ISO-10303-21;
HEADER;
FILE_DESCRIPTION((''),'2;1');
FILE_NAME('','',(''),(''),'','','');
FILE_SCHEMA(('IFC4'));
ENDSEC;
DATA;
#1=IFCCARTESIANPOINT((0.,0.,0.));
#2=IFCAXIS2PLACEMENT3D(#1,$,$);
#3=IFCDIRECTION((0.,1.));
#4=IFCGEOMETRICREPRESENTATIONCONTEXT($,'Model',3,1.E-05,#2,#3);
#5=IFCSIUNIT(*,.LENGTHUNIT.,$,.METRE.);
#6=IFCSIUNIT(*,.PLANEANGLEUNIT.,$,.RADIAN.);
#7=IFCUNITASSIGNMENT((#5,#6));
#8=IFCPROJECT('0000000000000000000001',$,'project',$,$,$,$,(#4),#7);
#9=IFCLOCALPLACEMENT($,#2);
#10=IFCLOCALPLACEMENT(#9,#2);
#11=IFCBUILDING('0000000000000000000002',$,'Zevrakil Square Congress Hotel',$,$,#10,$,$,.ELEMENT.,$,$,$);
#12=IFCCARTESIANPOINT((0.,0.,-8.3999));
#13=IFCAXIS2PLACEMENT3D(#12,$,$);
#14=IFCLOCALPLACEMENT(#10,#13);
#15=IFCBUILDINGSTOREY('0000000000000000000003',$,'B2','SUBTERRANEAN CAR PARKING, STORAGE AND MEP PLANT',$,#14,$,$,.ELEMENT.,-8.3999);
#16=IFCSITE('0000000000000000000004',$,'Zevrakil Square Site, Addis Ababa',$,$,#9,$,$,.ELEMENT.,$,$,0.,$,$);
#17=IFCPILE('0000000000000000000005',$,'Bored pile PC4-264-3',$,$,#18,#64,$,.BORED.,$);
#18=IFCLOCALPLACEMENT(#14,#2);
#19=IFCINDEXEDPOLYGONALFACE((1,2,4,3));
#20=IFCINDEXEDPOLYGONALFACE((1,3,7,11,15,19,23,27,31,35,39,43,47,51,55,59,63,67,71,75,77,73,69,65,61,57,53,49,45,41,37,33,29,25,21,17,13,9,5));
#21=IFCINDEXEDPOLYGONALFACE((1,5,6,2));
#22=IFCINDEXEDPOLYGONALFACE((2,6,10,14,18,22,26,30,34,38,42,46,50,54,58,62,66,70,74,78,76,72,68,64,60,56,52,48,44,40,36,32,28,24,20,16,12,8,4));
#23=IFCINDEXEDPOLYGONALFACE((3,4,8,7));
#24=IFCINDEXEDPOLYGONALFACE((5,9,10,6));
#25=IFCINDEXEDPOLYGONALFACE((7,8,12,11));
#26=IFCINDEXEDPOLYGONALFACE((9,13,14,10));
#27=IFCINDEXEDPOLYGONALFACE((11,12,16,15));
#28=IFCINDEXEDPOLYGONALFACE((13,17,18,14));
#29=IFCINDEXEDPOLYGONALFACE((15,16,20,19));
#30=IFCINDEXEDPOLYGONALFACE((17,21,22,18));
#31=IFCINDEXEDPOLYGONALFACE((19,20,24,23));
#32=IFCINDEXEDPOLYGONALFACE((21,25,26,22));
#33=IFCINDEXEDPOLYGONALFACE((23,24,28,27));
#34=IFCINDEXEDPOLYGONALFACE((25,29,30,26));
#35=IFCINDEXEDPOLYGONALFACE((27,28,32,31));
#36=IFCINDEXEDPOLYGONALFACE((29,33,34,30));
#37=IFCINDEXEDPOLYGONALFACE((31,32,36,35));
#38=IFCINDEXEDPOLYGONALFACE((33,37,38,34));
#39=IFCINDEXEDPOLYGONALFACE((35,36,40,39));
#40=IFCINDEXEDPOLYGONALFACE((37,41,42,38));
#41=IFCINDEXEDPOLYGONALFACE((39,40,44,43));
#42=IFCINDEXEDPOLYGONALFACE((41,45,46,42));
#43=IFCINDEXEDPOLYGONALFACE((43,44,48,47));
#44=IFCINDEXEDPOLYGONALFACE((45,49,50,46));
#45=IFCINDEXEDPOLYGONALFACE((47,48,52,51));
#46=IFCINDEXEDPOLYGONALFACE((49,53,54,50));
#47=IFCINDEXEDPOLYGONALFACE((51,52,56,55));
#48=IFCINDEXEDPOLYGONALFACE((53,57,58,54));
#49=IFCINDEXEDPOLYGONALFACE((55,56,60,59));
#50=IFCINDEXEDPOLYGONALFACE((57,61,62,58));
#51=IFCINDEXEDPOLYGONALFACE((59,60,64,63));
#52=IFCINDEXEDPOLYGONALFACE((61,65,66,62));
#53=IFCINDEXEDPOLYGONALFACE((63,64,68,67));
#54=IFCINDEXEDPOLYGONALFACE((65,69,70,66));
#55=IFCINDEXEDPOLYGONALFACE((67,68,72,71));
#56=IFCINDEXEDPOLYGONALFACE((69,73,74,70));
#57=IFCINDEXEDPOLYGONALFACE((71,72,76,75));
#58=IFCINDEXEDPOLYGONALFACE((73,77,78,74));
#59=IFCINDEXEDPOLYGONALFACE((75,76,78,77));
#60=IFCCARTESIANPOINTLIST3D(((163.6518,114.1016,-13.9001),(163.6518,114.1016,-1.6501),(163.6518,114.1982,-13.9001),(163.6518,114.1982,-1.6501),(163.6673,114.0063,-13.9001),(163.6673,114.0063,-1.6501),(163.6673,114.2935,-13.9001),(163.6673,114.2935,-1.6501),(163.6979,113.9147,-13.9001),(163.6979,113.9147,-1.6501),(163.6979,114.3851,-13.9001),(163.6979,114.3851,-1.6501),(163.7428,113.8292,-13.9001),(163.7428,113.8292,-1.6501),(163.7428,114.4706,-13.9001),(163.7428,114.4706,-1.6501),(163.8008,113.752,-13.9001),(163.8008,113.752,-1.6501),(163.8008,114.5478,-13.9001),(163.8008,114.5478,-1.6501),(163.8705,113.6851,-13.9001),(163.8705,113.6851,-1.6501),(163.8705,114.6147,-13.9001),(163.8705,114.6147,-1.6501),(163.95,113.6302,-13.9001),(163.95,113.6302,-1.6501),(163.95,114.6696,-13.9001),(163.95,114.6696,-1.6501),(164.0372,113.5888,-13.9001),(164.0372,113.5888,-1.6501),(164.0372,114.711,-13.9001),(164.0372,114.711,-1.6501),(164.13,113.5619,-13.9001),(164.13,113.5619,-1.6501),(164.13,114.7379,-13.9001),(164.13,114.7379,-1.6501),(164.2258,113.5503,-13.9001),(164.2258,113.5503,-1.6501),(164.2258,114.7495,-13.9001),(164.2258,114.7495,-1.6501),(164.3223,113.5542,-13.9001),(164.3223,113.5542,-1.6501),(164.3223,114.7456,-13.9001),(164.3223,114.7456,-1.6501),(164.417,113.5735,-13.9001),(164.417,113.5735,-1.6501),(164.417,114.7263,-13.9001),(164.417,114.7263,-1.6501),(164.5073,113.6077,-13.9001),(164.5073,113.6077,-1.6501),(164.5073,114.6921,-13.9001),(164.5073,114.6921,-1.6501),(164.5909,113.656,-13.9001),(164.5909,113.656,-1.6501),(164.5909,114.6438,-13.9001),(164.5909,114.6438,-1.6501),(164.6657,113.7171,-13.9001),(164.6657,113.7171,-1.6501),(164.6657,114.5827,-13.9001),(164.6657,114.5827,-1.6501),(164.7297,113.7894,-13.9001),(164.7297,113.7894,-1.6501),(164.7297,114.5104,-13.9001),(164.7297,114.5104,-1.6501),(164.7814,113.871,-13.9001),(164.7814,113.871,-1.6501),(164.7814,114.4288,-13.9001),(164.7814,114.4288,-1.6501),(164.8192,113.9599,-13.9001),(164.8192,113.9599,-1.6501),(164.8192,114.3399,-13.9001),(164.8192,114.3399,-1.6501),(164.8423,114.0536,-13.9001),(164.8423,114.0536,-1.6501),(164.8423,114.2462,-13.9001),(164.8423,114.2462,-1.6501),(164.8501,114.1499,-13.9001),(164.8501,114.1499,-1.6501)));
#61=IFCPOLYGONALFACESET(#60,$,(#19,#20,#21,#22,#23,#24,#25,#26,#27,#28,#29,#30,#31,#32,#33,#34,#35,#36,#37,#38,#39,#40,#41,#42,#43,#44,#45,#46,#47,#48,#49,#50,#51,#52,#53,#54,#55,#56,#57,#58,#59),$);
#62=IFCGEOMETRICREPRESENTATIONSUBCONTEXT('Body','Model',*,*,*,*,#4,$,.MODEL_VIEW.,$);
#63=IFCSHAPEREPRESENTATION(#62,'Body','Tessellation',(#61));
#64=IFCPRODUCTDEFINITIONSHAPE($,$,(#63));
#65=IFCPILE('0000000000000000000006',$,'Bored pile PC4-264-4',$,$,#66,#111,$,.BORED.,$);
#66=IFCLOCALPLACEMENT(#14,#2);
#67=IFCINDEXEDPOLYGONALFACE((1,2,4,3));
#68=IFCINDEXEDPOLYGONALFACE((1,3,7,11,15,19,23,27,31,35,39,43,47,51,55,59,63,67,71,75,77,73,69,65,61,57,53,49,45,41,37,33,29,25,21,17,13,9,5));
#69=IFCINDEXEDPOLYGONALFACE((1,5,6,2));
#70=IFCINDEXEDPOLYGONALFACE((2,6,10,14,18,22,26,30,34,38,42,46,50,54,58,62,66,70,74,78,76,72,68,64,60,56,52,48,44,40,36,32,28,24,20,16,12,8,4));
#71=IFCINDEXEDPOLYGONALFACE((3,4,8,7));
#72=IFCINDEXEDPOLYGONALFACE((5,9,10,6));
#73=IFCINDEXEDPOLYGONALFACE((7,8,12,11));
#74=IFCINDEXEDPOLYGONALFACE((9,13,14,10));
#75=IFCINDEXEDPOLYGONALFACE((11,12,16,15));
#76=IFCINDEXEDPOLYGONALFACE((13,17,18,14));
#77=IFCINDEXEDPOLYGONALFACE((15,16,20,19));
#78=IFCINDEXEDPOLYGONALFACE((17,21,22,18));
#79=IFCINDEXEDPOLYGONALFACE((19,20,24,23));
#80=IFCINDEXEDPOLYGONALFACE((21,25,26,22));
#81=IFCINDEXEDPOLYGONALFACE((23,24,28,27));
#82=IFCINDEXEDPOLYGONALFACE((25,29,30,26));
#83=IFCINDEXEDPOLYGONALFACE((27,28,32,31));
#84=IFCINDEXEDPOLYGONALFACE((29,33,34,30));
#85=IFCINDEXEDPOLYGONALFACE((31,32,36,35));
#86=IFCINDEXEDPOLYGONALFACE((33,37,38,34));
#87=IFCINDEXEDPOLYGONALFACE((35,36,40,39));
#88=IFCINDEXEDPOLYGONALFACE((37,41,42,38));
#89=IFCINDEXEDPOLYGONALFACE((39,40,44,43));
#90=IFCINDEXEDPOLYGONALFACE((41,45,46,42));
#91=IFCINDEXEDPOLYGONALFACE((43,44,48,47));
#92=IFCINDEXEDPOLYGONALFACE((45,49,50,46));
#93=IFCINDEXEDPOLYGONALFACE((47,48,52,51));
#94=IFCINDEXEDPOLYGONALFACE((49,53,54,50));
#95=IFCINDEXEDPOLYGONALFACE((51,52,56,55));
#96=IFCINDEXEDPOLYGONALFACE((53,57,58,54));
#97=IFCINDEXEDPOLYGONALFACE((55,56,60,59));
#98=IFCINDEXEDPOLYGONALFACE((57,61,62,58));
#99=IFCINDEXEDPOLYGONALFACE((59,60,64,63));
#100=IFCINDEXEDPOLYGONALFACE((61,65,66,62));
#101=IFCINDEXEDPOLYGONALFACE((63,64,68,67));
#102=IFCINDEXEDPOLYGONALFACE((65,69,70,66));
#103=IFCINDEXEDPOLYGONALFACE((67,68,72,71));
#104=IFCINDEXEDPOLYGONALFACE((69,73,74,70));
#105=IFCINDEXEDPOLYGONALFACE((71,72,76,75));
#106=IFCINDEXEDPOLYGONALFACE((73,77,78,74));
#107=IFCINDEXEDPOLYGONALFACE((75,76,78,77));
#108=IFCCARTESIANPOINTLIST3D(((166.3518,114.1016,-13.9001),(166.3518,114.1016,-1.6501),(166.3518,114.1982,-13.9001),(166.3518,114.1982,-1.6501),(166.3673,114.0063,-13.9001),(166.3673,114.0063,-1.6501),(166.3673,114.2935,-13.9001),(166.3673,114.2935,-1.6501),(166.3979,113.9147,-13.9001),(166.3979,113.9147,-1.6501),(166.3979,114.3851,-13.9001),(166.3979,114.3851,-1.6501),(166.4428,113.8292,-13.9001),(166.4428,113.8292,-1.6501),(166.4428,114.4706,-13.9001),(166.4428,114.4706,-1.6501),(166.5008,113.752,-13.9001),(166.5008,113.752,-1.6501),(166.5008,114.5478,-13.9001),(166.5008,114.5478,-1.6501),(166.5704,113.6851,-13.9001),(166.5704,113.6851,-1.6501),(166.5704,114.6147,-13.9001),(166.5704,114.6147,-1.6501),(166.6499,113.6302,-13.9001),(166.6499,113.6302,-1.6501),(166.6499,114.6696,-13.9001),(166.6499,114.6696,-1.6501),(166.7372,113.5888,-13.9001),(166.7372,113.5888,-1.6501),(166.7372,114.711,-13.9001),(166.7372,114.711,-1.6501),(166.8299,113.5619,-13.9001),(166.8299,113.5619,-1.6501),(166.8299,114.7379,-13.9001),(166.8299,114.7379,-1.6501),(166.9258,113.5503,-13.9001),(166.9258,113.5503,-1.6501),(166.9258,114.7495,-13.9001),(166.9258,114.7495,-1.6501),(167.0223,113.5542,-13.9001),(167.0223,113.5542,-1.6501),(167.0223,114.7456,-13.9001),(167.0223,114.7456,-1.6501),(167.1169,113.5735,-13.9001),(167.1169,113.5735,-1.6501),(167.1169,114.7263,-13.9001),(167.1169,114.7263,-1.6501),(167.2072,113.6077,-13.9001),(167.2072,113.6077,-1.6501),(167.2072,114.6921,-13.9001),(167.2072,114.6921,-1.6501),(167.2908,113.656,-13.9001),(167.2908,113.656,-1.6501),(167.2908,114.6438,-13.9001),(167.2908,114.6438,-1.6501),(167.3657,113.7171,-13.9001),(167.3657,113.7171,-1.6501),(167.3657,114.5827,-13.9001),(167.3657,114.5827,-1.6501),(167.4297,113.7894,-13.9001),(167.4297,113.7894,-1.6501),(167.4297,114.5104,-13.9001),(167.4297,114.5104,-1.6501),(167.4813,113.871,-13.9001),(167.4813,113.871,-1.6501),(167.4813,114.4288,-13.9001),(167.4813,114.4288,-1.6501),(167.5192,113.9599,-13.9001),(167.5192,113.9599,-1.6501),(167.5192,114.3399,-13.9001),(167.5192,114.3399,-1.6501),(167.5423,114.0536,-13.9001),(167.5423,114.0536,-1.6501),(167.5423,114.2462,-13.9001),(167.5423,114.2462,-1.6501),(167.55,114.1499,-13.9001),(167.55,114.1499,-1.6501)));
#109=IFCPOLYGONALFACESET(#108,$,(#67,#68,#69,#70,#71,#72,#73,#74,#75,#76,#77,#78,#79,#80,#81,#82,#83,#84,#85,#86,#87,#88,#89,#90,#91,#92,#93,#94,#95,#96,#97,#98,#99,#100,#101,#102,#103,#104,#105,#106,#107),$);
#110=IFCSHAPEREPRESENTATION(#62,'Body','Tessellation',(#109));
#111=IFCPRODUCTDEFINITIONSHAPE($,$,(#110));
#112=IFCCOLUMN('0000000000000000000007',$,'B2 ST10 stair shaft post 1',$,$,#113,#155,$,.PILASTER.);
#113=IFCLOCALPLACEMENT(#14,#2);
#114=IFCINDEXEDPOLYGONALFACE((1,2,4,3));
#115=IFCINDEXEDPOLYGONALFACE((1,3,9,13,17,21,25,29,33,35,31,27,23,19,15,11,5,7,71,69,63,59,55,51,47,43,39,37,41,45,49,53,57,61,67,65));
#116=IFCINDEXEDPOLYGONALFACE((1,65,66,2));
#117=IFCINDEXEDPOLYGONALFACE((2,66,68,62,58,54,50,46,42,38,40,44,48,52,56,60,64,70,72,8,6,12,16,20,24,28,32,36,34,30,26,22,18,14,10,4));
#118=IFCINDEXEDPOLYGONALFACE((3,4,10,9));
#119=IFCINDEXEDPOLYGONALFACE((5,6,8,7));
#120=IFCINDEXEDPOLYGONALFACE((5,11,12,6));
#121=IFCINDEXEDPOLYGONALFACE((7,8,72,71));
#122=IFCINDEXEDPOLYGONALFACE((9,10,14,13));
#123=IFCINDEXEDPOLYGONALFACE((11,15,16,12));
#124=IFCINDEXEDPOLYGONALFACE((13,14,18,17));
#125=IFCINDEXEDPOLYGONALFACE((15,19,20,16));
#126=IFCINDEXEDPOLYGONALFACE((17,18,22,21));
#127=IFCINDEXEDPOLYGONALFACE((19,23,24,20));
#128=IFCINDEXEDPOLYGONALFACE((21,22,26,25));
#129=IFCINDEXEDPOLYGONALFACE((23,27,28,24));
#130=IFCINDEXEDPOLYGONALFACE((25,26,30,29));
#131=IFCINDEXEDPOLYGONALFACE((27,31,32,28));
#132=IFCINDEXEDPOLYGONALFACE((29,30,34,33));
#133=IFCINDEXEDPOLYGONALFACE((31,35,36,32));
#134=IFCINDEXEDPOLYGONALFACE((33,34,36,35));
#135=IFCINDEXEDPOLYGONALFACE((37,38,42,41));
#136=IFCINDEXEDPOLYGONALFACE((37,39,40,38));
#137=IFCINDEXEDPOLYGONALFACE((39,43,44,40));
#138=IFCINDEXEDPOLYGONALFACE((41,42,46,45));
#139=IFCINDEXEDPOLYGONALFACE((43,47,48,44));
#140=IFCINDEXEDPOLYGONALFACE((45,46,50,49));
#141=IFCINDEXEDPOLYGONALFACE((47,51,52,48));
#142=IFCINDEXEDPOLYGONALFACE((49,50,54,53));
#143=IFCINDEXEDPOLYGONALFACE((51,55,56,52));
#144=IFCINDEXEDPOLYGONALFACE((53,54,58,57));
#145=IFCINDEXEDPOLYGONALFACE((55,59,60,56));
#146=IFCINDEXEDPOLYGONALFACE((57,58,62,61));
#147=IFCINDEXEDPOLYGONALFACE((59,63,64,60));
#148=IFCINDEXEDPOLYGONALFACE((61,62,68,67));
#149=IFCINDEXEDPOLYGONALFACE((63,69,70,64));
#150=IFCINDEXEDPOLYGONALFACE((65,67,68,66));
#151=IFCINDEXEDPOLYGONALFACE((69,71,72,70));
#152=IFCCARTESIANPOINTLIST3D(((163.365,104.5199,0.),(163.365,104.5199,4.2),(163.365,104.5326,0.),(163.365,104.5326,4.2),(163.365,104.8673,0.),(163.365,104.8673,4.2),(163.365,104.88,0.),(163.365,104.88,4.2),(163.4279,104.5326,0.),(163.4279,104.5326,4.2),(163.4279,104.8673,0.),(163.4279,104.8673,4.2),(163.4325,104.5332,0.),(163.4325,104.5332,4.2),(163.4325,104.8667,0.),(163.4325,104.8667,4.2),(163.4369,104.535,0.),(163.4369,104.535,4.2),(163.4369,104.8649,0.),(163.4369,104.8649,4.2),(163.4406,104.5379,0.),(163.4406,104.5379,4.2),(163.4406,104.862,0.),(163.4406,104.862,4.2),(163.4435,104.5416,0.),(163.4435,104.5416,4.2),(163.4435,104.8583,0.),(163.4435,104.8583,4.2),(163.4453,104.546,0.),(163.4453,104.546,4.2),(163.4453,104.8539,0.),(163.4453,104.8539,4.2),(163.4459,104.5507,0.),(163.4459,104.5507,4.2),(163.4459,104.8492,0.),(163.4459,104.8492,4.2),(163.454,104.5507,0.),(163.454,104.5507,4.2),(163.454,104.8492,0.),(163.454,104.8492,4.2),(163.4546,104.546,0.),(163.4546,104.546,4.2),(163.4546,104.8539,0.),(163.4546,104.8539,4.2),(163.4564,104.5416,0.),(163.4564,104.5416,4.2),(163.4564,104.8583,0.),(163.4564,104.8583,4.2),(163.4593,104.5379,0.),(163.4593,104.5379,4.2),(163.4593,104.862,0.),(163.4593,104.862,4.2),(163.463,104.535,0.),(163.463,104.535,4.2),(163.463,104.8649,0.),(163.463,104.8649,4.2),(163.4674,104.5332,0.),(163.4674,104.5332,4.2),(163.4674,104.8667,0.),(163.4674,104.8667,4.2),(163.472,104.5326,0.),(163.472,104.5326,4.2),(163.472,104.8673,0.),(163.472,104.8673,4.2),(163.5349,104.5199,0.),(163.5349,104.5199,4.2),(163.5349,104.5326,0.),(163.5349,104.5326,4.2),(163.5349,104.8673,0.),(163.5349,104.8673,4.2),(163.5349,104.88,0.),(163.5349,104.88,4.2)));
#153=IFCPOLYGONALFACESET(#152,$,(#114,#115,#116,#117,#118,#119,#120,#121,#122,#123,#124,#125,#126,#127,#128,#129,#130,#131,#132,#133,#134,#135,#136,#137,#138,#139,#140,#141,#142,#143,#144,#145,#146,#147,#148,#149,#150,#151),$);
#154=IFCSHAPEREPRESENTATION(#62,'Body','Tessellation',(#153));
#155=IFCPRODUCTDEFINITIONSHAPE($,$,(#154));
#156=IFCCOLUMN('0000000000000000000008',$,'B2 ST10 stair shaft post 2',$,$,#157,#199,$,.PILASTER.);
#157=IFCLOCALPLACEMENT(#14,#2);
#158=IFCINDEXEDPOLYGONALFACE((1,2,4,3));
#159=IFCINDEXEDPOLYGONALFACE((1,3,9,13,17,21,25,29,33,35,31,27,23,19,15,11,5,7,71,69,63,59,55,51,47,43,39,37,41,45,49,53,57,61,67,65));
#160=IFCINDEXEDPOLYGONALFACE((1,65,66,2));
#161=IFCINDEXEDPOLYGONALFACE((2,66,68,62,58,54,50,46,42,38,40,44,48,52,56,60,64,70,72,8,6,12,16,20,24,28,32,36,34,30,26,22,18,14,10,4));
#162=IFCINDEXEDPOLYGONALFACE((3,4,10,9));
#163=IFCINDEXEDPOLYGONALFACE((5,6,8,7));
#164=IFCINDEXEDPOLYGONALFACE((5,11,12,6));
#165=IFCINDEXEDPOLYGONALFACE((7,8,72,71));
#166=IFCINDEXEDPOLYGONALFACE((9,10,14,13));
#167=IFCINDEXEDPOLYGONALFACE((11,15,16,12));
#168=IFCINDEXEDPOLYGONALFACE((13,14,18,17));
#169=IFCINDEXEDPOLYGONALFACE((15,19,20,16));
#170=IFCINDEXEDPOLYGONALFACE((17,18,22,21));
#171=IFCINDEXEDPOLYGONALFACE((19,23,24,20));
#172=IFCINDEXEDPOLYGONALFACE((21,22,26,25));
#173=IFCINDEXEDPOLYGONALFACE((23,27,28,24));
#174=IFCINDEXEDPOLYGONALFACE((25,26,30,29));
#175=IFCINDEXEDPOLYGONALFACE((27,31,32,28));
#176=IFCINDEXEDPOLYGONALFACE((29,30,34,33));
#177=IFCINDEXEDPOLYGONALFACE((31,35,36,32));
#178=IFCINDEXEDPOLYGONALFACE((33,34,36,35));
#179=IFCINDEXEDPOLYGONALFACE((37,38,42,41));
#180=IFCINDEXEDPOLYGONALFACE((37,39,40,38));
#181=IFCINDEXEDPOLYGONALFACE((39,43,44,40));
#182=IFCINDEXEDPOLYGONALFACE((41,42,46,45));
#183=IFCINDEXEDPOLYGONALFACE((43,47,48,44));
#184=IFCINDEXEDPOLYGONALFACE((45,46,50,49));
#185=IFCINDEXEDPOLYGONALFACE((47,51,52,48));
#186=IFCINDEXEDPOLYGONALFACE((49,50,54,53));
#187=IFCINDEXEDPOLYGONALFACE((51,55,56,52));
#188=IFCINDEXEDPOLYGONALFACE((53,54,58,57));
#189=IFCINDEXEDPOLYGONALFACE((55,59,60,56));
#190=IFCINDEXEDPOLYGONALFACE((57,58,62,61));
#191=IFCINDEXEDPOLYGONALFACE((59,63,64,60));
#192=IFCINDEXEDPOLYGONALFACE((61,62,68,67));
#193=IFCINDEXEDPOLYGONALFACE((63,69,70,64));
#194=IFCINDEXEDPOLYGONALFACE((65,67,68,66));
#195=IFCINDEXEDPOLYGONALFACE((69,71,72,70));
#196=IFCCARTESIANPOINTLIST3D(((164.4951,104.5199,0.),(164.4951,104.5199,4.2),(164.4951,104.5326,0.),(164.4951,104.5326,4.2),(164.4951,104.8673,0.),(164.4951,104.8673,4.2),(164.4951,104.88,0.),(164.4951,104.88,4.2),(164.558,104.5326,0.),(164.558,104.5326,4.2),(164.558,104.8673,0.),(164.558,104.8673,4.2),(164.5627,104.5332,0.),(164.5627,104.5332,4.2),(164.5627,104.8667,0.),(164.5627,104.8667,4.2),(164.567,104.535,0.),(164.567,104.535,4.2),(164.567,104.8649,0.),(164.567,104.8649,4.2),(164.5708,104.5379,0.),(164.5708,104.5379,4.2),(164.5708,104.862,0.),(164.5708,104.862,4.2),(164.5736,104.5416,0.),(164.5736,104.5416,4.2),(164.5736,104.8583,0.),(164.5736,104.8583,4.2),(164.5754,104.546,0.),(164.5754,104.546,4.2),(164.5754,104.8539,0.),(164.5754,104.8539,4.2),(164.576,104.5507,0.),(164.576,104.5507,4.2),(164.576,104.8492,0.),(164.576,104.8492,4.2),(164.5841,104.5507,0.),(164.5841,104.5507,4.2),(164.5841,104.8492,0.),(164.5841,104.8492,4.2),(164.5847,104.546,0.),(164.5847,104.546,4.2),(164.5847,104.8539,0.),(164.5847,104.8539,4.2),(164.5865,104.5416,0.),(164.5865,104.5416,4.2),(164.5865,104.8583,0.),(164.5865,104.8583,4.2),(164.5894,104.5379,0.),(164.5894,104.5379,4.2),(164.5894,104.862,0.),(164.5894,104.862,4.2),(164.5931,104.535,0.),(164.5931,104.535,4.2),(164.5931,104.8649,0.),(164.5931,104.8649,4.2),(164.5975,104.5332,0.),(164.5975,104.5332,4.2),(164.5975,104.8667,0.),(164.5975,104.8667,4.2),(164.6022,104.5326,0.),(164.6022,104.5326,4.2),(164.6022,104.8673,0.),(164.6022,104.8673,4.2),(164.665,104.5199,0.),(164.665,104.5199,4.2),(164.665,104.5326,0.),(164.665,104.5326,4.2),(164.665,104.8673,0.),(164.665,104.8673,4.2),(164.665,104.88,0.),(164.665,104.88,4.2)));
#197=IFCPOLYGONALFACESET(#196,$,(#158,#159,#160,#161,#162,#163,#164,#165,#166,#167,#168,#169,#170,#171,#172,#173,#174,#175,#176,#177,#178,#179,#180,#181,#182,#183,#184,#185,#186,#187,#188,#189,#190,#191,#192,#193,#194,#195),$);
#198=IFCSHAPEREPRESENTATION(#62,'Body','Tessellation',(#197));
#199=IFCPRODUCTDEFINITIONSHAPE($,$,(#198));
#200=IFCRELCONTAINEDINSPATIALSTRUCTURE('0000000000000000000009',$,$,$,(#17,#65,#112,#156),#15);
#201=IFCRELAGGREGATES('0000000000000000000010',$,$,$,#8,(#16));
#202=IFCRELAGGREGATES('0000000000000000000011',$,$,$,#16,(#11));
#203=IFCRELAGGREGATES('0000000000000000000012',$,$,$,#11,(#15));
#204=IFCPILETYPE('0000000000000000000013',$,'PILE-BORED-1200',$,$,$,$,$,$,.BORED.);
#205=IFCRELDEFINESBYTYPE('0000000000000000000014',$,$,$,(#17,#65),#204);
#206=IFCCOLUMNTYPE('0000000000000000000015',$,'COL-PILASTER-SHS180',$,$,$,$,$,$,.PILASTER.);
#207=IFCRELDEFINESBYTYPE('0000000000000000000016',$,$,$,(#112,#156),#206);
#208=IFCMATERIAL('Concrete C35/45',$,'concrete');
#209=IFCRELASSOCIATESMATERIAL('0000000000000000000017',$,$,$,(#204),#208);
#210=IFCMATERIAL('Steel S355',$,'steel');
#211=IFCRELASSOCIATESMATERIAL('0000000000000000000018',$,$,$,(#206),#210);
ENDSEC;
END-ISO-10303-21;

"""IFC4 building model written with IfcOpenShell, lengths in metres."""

from ifc_helpers import new_model, si_unit, direction, frame, origin, origin_2d, place, context, subcontext, project, spatial, circle, i_section, extrude, material, material_profile, profile_set, type_object, element, save


model = new_model("IFC4")

# Units and contexts
model_context = context("Model", 3, precision=1e-05, world=origin(), true_north=direction((0.0, 1.0)))
body_context = subcontext(model_context, "Body", "Model", "MODEL_VIEW")
ifc_project = project(units=[si_unit("LENGTHUNIT", "METRE"), si_unit("PLANEANGLEUNIT", "RADIAN")], contexts=[model_context])

# Site, building, storey
site_placement = place(None, origin())
site = spatial("IfcSite", under=ifc_project, at=site_placement, Name="Zevrakil Square Site, Addis Ababa", CompositionType="ELEMENT", RefElevation=0.0)
building_placement = place(site_placement, origin())
building = spatial("IfcBuilding", under=site, at=building_placement, Name="Zevrakil Square Congress Hotel", CompositionType="ELEMENT")
storey_placement = place(building_placement, frame((0.0, 0.0, -8.3999)))
storey = spatial("IfcBuildingStorey", under=building, at=storey_placement, Name="B2", Description="SUBTERRANEAN CAR PARKING, STORAGE AND MEP PLANT", CompositionType="ELEMENT", Elevation=-8.3999)

# Piles
ifc_material_1 = material(Name="Concrete C35/45", Category="concrete")
ifc_material_profile_1 = material_profile(ifc_material_1, circle(Radius=0.6001, at=origin_2d()), Name="PILE D1200")
ifc_profile_set_1 = profile_set([ifc_material_profile_1], Name="Concrete C35/45")
pile_type_1 = type_object("IfcPileType", Name="PILE-BORED-1200", PredefinedType="BORED", material=ifc_profile_set_1)
for number, where, z_axis, x_axis, name in (
    (1, (164.25, 114.1499, -1.6501), (0.0, 0.0, -1.0), (1.0, 0.0, 0.0), "Bored pile PC4-264-3"),
    (2, (166.95, 114.1499, -1.6501), (0.0, 0.0, -1.0), (1.0, 0.0, 0.0), "Bored pile PC4-264-4"),
):
    element("IfcPile", number, at=place(storey_placement, frame(where, z_axis=z_axis, x_axis=x_axis)), inside=storey, type_object=pile_type_1, Name=name, PredefinedType="BORED", context=body_context, shape_type="SweptSolid", body=[
        extrude(circle(Radius=0.6001, at=origin_2d()), origin(), (0.0, 0.0, 1.0), 12.25),
    ])

# Columns
ifc_material_2 = material(Name="Steel S355", Category="steel")
ifc_material_profile_2 = material_profile(ifc_material_2, i_section(OverallWidth=0.1699, OverallDepth=0.3601, WebThickness=0.0081, FlangeThickness=0.0127, FilletRadius=0.0181, at=origin_2d()), Name="IPE 360")
ifc_profile_set_2 = profile_set([ifc_material_profile_2], Name="Steel S355")
column_type_1 = type_object("IfcColumnType", Name="COL-PILASTER-SHS180", PredefinedType="PILASTER", material=ifc_profile_set_2)
for number, where, z_axis, x_axis, name in (
    (3, (163.45, 104.7, 0.0), (0.0, 0.0, 1.0), (1.0, 0.0, 0.0), "B2 ST10 stair shaft post 1"),
    (4, (164.5801, 104.7, 0.0), (0.0, 0.0, 1.0), (1.0, 0.0, 0.0), "B2 ST10 stair shaft post 2"),
):
    element("IfcColumn", number, at=place(storey_placement, frame(where, z_axis=z_axis, x_axis=x_axis)), inside=storey, type_object=column_type_1, Name=name, PredefinedType="PILASTER", context=body_context, shape_type="SweptSolid", body=[
        extrude(i_section(OverallWidth=0.1699, OverallDepth=0.3601, WebThickness=0.0081, FlangeThickness=0.0127, FilletRadius=0.0181, at=origin_2d()), origin(), (0.0, 0.0, 1.0), 4.2),
    ])

save(model, "model.ifc")
